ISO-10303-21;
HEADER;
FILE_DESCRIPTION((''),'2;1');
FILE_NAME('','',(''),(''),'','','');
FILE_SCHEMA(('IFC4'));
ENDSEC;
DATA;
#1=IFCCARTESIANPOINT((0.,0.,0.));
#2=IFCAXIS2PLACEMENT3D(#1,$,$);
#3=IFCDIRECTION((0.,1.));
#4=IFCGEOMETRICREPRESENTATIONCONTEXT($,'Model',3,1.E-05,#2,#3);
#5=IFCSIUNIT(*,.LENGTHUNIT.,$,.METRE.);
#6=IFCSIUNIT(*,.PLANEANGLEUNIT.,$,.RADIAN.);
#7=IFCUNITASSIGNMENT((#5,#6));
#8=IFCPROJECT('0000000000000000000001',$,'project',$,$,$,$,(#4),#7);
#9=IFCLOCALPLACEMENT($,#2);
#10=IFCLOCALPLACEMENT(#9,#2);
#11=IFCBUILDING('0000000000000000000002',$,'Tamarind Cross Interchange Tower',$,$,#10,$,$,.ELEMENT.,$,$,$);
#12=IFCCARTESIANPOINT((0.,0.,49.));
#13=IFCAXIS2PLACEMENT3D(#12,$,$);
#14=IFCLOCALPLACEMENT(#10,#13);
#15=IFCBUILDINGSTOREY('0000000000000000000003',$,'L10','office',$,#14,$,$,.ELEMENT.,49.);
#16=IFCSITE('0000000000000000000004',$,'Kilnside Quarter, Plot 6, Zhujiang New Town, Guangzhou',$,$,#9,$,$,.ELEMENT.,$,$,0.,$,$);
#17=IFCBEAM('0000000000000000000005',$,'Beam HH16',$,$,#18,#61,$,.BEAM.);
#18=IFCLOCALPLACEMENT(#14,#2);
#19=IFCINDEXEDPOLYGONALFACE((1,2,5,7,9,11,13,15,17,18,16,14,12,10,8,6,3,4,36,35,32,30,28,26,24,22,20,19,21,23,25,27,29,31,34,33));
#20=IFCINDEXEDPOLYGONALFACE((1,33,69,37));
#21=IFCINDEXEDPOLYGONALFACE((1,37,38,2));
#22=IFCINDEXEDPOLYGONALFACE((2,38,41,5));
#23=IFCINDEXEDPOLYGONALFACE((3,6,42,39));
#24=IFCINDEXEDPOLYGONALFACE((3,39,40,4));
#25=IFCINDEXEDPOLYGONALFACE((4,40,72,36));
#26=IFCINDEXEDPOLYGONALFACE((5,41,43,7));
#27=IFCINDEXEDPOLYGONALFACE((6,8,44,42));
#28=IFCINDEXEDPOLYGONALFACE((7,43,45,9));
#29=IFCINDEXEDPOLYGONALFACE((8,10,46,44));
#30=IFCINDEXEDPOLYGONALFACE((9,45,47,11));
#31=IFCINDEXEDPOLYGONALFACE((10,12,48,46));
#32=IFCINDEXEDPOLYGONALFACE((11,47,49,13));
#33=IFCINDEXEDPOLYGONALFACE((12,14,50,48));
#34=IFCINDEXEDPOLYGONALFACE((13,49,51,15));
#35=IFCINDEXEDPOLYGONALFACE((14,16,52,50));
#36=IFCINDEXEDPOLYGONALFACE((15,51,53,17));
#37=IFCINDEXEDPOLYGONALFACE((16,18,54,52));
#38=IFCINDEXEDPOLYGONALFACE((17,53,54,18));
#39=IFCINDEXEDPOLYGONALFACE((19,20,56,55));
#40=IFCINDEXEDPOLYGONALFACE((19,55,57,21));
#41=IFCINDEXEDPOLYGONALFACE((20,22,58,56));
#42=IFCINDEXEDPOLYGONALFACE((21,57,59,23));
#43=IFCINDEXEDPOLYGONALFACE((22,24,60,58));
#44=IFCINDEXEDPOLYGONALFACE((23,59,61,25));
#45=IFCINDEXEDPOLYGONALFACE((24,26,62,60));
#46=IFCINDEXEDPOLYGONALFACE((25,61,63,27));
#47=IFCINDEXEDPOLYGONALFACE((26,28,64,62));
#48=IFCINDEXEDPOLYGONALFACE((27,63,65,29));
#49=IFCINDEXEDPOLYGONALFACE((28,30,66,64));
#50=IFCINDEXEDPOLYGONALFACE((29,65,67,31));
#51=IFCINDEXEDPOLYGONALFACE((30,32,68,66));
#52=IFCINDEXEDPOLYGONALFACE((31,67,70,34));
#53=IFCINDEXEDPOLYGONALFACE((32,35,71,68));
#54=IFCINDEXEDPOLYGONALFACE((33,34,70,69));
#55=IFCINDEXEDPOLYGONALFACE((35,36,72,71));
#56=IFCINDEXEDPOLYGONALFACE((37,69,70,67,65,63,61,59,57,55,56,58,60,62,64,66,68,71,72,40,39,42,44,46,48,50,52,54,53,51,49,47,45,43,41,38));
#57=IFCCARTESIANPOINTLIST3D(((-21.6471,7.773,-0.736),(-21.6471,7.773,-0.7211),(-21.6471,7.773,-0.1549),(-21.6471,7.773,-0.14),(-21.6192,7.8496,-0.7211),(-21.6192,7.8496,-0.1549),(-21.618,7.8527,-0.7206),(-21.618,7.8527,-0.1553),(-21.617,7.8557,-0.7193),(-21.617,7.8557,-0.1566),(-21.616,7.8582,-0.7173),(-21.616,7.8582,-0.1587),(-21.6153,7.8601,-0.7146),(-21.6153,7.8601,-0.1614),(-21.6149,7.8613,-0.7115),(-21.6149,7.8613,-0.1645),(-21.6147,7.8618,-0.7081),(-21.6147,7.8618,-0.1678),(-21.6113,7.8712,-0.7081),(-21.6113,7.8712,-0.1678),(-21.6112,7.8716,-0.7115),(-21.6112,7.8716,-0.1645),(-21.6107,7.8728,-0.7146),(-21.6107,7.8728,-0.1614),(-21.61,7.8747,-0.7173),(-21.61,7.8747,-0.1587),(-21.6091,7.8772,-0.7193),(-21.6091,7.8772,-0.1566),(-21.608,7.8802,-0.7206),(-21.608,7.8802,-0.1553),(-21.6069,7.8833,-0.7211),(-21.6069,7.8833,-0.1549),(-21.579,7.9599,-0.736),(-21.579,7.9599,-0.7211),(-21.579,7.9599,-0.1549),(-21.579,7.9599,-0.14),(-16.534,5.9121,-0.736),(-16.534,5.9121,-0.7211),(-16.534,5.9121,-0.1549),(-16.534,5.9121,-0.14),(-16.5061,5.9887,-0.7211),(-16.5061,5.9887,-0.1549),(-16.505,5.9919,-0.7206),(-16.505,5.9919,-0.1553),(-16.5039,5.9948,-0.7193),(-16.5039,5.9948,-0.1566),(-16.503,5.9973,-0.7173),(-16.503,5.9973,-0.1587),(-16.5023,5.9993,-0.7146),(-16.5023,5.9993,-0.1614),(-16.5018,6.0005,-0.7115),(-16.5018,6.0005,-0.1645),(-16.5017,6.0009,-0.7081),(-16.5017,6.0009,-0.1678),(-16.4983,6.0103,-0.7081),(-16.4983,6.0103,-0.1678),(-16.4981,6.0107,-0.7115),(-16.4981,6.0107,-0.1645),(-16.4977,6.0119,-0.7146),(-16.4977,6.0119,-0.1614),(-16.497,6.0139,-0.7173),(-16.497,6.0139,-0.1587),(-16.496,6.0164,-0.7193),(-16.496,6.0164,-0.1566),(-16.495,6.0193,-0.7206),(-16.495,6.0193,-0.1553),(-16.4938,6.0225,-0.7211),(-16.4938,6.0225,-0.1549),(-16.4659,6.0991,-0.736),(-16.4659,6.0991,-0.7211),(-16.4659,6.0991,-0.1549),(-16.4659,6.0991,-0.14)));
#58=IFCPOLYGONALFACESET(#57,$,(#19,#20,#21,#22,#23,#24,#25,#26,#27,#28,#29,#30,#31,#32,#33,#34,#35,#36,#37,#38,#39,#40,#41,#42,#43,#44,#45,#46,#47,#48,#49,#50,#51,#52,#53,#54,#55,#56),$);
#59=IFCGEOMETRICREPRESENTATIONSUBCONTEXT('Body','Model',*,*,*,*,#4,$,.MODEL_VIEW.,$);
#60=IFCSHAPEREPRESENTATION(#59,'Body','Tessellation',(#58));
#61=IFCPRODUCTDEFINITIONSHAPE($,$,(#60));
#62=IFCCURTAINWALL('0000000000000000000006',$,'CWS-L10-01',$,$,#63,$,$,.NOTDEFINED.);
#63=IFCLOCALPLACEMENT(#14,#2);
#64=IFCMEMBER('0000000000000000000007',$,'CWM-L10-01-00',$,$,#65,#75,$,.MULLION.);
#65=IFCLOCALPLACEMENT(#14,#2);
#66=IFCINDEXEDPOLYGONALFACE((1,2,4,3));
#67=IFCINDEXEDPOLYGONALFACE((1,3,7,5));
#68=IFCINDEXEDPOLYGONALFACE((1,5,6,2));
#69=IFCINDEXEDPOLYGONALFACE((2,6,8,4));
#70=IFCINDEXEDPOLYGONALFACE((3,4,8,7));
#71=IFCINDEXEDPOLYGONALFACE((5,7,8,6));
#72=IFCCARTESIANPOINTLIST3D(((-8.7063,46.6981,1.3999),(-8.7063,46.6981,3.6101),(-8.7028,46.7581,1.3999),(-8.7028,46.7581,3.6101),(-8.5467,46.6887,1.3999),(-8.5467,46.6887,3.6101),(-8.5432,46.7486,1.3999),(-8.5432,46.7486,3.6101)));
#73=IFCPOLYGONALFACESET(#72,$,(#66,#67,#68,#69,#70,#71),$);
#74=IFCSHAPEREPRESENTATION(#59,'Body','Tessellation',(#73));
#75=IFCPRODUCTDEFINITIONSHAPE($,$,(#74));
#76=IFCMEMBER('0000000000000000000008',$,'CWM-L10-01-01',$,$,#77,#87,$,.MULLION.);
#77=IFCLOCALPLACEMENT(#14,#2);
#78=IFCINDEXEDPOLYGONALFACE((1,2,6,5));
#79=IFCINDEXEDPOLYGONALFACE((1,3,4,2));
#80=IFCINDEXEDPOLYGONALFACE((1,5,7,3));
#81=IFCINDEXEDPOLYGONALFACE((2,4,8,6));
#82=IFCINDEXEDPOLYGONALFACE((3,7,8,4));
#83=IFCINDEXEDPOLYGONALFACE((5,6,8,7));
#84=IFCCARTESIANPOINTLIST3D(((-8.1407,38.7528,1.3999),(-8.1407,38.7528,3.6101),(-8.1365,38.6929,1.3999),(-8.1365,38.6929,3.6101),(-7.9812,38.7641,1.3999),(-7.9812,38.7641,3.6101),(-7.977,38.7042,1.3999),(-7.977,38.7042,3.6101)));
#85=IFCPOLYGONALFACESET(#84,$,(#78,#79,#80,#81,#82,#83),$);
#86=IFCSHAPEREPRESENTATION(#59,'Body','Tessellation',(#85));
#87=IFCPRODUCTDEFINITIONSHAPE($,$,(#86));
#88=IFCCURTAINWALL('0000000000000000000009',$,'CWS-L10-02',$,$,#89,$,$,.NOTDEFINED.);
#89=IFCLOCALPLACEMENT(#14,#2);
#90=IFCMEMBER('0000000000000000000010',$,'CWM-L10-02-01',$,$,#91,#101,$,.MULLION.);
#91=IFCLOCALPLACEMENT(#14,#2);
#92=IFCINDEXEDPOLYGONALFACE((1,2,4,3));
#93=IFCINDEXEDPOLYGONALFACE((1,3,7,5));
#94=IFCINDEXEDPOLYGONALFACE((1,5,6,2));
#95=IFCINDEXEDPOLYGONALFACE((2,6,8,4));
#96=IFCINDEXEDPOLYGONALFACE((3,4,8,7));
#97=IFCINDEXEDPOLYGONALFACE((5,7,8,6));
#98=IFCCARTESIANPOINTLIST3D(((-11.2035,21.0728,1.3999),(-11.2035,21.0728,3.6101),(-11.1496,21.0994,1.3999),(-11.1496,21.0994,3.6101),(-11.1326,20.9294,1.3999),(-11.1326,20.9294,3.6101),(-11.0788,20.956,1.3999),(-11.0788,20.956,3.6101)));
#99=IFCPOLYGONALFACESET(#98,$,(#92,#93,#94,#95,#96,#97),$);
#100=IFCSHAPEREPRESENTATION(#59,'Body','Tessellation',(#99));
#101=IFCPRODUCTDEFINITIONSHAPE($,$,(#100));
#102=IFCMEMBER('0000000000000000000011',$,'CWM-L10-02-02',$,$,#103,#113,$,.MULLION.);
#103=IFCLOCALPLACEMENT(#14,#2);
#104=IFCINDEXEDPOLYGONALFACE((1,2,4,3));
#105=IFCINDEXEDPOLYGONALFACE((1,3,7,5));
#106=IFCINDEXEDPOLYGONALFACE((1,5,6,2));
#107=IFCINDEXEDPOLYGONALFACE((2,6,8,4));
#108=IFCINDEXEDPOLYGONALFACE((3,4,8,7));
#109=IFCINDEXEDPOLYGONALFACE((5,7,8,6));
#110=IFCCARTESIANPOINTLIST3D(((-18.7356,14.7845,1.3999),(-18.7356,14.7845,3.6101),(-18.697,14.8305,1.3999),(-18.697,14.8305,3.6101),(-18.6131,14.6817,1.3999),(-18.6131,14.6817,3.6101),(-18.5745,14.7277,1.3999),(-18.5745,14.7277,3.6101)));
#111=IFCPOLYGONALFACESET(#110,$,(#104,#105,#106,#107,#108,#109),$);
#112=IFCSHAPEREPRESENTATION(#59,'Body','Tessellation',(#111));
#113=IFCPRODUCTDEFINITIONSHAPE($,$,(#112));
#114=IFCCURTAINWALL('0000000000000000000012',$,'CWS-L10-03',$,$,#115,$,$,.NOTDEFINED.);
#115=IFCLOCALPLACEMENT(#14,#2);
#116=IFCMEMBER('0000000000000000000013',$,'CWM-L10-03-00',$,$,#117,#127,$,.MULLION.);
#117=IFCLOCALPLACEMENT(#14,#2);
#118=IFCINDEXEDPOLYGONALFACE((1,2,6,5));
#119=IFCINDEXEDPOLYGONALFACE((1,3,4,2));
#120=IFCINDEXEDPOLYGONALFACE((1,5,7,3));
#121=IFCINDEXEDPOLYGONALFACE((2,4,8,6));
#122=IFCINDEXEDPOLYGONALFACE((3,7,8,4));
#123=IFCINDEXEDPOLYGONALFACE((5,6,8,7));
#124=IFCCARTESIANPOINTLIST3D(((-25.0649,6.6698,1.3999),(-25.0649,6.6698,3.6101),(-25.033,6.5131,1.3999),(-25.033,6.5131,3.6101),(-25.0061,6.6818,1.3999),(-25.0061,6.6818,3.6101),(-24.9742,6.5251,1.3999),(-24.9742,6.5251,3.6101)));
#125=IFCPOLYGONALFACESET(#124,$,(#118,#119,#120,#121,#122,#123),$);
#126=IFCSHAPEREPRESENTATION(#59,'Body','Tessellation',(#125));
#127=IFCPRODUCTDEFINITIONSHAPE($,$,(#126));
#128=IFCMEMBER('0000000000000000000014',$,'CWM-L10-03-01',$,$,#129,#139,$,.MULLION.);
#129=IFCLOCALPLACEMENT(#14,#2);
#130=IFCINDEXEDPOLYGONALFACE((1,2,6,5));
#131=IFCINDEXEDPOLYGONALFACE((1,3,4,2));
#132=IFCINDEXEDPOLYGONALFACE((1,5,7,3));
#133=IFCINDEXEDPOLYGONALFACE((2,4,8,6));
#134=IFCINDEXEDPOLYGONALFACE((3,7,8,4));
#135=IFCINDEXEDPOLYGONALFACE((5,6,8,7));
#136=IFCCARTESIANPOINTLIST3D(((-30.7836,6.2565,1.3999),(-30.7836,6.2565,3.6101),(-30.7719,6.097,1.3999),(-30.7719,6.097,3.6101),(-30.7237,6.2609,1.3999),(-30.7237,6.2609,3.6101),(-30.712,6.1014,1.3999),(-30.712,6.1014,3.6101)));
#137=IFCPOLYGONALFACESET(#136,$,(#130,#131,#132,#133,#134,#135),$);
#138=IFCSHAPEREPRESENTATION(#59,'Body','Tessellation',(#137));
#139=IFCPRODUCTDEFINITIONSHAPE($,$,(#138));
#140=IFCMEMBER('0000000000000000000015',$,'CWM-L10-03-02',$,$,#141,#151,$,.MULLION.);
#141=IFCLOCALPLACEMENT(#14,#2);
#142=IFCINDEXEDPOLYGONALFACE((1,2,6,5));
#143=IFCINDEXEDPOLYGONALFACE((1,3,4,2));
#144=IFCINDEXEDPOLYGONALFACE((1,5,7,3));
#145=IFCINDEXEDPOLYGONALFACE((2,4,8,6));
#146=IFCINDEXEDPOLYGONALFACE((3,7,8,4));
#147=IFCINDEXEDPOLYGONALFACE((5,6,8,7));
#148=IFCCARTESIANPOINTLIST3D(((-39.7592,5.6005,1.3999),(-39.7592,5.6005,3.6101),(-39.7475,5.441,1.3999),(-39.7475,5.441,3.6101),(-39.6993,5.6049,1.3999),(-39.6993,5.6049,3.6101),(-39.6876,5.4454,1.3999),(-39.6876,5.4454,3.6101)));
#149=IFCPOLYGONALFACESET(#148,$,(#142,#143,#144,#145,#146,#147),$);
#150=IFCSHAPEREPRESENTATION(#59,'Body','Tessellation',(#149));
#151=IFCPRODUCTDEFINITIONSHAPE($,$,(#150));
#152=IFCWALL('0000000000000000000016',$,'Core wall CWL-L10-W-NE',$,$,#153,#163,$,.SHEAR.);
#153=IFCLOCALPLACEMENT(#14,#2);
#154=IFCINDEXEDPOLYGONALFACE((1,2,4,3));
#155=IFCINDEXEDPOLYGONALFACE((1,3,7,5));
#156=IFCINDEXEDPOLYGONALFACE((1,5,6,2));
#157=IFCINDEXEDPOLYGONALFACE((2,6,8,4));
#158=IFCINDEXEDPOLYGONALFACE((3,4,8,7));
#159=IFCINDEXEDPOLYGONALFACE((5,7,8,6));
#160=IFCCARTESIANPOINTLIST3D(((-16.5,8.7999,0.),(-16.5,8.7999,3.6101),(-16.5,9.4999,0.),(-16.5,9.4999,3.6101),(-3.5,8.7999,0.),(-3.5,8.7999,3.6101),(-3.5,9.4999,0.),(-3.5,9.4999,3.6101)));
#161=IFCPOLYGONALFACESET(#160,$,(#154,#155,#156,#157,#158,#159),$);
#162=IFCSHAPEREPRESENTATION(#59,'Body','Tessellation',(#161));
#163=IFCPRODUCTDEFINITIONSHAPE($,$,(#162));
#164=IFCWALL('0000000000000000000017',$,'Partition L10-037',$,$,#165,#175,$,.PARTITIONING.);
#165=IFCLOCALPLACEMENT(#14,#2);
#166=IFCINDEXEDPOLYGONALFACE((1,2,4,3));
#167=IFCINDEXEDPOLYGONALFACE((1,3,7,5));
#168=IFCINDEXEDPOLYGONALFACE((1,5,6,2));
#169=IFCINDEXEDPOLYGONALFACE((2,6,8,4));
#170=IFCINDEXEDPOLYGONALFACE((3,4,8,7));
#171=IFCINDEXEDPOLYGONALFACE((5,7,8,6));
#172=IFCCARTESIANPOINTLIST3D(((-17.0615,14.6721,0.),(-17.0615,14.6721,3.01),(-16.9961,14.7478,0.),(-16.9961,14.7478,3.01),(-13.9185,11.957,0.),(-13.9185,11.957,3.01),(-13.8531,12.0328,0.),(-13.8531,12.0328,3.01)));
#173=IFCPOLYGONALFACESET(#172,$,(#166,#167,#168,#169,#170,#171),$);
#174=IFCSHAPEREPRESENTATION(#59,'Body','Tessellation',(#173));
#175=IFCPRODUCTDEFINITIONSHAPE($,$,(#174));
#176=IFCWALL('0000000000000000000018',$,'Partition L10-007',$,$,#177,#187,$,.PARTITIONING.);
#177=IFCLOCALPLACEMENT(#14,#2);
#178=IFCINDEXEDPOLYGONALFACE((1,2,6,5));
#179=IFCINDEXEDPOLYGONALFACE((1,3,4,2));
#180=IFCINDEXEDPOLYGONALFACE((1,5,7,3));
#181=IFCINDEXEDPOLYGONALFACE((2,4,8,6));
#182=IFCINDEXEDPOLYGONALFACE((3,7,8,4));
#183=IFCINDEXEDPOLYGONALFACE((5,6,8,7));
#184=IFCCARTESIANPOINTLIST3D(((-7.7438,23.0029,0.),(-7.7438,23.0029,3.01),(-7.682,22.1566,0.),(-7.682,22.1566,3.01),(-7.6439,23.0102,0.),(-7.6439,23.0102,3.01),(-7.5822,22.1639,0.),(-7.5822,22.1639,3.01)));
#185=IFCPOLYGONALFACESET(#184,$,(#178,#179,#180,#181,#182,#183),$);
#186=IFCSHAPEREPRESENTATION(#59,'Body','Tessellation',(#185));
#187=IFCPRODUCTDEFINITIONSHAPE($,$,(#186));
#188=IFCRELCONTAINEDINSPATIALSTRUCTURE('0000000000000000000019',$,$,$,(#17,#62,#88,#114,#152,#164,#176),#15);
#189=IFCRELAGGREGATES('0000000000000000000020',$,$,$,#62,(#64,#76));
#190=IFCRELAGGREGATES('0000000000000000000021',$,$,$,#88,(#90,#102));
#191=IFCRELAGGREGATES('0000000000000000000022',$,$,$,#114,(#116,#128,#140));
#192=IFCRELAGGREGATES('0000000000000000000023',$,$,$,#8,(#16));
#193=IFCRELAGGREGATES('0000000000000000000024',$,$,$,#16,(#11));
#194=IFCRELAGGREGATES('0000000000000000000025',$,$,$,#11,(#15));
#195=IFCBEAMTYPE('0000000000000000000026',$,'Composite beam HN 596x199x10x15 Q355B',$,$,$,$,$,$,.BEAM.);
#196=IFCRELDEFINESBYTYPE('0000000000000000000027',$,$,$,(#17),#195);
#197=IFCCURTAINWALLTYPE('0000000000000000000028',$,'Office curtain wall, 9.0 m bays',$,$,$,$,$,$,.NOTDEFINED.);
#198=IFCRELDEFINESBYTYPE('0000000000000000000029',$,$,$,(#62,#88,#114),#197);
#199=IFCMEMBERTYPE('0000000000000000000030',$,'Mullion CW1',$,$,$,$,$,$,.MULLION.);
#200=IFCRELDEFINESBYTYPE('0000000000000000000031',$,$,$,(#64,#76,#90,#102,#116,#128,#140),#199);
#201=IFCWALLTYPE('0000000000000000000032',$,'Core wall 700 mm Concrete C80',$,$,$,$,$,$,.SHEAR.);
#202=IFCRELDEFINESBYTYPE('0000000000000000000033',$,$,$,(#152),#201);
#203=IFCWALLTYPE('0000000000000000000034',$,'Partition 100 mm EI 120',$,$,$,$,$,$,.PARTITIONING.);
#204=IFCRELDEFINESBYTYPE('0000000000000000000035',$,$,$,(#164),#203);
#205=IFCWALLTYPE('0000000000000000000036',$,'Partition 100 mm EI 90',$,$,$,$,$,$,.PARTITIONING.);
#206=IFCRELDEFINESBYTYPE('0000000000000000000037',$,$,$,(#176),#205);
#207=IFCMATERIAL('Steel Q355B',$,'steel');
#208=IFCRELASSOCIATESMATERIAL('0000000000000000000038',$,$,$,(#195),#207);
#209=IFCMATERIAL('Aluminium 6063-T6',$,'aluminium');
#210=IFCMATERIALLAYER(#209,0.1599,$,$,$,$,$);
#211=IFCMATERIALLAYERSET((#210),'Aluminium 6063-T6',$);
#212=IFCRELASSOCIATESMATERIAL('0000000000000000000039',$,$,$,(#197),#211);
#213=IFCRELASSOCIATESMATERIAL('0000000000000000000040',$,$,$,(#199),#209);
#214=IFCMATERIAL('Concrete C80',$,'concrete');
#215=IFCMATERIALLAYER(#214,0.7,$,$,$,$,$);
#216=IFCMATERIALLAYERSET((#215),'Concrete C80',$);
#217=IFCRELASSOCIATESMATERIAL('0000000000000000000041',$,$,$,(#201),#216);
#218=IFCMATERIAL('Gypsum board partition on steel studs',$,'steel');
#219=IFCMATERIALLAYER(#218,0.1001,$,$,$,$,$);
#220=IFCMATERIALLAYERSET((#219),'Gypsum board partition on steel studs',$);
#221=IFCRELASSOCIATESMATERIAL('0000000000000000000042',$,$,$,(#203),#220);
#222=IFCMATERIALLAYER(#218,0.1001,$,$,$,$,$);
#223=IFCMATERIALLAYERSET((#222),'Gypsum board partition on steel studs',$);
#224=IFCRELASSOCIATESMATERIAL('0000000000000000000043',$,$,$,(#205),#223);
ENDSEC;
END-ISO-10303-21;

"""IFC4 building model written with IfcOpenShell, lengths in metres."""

from ifc_helpers import new_model, si_unit, direction, frame, frame_2d, origin, origin_2d, place, context, subcontext, project, spatial, rectangle, i_section, extrude, material, layer, layer_set, material_profile, profile_set, type_object, element, aggregate, save


model = new_model("IFC4")

# Units and contexts
model_context = context("Model", 3, precision=1e-05, world=origin(), true_north=direction((0.0, 1.0)))
body_context = subcontext(model_context, "Body", "Model", "MODEL_VIEW")
ifc_project = project(units=[si_unit("LENGTHUNIT", "METRE"), si_unit("PLANEANGLEUNIT", "RADIAN")], contexts=[model_context])

# Site, building, storey
site_placement = place(None, origin())
site = spatial("IfcSite", under=ifc_project, at=site_placement, Name="Kilnside Quarter, Plot 6, Zhujiang New Town, Guangzhou", CompositionType="ELEMENT", RefElevation=0.0)
building_placement = place(site_placement, origin())
building = spatial("IfcBuilding", under=site, at=building_placement, Name="Tamarind Cross Interchange Tower", CompositionType="ELEMENT")
storey_placement = place(building_placement, frame((0.0, 0.0, 49.0)))
storey = spatial("IfcBuildingStorey", under=building, at=storey_placement, Name="L10", Description="office", CompositionType="ELEMENT", Elevation=49.0)

# Beam
ifc_material_1 = material(Name="Steel Q355B", Category="steel")
ifc_material_profile_1 = material_profile(ifc_material_1, i_section(OverallWidth=0.199, OverallDepth=0.5959, WebThickness=0.01, FlangeThickness=0.0149, FilletRadius=0.0129, at=origin_2d()), Name="HN 596x199x10x15")
ifc_profile_set_1 = profile_set([ifc_material_profile_1], Name="Steel Q355B")
beam_type_1 = type_object("IfcBeamType", Name="Composite beam HN 596x199x10x15 Q355B", PredefinedType="BEAM", material=ifc_profile_set_1)
beam_1_placement = place(storey_placement, frame((-21.613, 7.8665, -0.438), z_axis=(0.939702, -0.341995, 0.0), x_axis=(0.341995, 0.939702, 0.0)))
element("IfcBeam", 1, at=beam_1_placement, inside=storey, type_object=beam_type_1, Name="Beam HH16", PredefinedType="BEAM", context=body_context, shape_type="SweptSolid", body=[
    extrude(i_section(OverallWidth=0.199, OverallDepth=0.5959, WebThickness=0.01, FlangeThickness=0.0149, FilletRadius=0.0129, at=origin_2d()), origin(), (0.0, 0.0, 1.0), 5.4412),
])

# Curtain walls, members
ifc_material_2 = material(Name="Aluminium 6063-T6", Category="aluminium")
ifc_layer_1 = layer(ifc_material_2, 0.1599)
ifc_layer_set_1 = layer_set([ifc_layer_1], Name="Aluminium 6063-T6")
curtain_wall_type = type_object("IfcCurtainWallType", Name="Office curtain wall, 9.0 m bays", PredefinedType="NOTDEFINED", material=ifc_layer_set_1)
curtain_wall_1_placement = place(storey_placement, origin())
curtain_wall_1 = element("IfcCurtainWall", 2, at=curtain_wall_1_placement, inside=storey, type_object=curtain_wall_type, Name="CWS-L10-01", PredefinedType="NOTDEFINED")
ifc_material_profile_2 = material_profile(ifc_material_2, rectangle(XDim=0.0601, YDim=0.1599, at=origin_2d()), Name="Mullion CW1")
ifc_profile_set_2 = profile_set([ifc_material_profile_2], Name="Aluminium 6063-T6")
member_type = type_object("IfcMemberType", Name="Mullion CW1", PredefinedType="MULLION", material=ifc_profile_set_2)
member_1_placement = place(storey_placement, frame((-8.6248, 46.7234, 1.3999), z_axis=(0.0, 0.0, 1.0), x_axis=(-0.059069, -0.998254, 0.0)))
member_1 = element("IfcMember", 3, at=member_1_placement, type_object=member_type, Name="CWM-L10-01-00", PredefinedType="MULLION", context=body_context, shape_type="SweptSolid", body=[
    extrude(rectangle(XDim=0.0601, YDim=0.1599, at=origin_2d()), origin(), (0.0, 0.0, 1.0), 2.2102),
])
member_2_placement = place(storey_placement, frame((-8.0588, 38.7285, 1.3999), z_axis=(0.0, 0.0, 1.0), x_axis=(0.070594, -0.997505, 0.0)))
member_2 = element("IfcMember", 4, at=member_2_placement, type_object=member_type, Name="CWM-L10-01-01", PredefinedType="MULLION", context=body_context, shape_type="SweptSolid", body=[
    extrude(rectangle(XDim=0.0601, YDim=0.1599, at=origin_2d()), origin(), (0.0, 0.0, 1.0), 2.2102),
])
aggregate(curtain_wall_1, [member_1, member_2])
curtain_wall_2_placement = place(storey_placement, origin())
curtain_wall_2 = element("IfcCurtainWall", 5, at=curtain_wall_2_placement, inside=storey, type_object=curtain_wall_type, Name="CWS-L10-02", PredefinedType="NOTDEFINED")
member_3_placement = place(storey_placement, frame((-11.1411, 21.0144, 1.3999), z_axis=(0.0, 0.0, 1.0), x_axis=(-0.896493, -0.443059, 0.0)))
member_3 = element("IfcMember", 6, at=member_3_placement, type_object=member_type, Name="CWM-L10-02-01", PredefinedType="MULLION", context=body_context, shape_type="SweptSolid", body=[
    extrude(rectangle(XDim=0.0601, YDim=0.1599, at=origin_2d()), origin(), (0.0, 0.0, 1.0), 2.2102),
])
member_4_placement = place(storey_placement, frame((-18.655, 14.7561, 1.3999), z_axis=(0.0, 0.0, 1.0), x_axis=(-0.643009, -0.765858, 0.0)))
member_4 = element("IfcMember", 7, at=member_4_placement, type_object=member_type, Name="CWM-L10-02-02", PredefinedType="MULLION", context=body_context, shape_type="SweptSolid", body=[
    extrude(rectangle(XDim=0.0601, YDim=0.1599, at=origin_2d()), origin(), (0.0, 0.0, 1.0), 2.2102),
])
aggregate(curtain_wall_2, [member_3, member_4])
curtain_wall_3_placement = place(storey_placement, origin())
curtain_wall_3 = element("IfcCurtainWall", 8, at=curtain_wall_3_placement, inside=storey, type_object=curtain_wall_type, Name="CWS-L10-03", PredefinedType="NOTDEFINED")
member_5_placement = place(storey_placement, frame((-25.0195, 6.5974, 1.3999), z_axis=(0.0, 0.0, 1.0), x_axis=(-0.979911, -0.199435, 0.0)))
member_5 = element("IfcMember", 9, at=member_5_placement, type_object=member_type, Name="CWM-L10-03-00", PredefinedType="MULLION", context=body_context, shape_type="SweptSolid", body=[
    extrude(rectangle(XDim=0.0601, YDim=0.1599, at=origin_2d()), origin(), (0.0, 0.0, 1.0), 2.2102),
])
member_6_placement = place(storey_placement, frame((-30.7478, 6.179, 1.3999), z_axis=(0.0, 0.0, 1.0), x_axis=(-0.997341, -0.072876, 0.0)))
member_6 = element("IfcMember", 10, at=member_6_placement, type_object=member_type, Name="CWM-L10-03-01", PredefinedType="MULLION", context=body_context, shape_type="SweptSolid", body=[
    extrude(rectangle(XDim=0.0601, YDim=0.1599, at=origin_2d()), origin(), (0.0, 0.0, 1.0), 2.2102),
])
member_7_placement = place(storey_placement, frame((-39.7234, 5.5229, 1.3999), z_axis=(0.0, 0.0, 1.0), x_axis=(-0.997341, -0.072876, 0.0)))
member_7 = element("IfcMember", 11, at=member_7_placement, type_object=member_type, Name="CWM-L10-03-02", PredefinedType="MULLION", context=body_context, shape_type="SweptSolid", body=[
    extrude(rectangle(XDim=0.0601, YDim=0.1599, at=origin_2d()), origin(), (0.0, 0.0, 1.0), 2.2102),
])
aggregate(curtain_wall_3, [member_5, member_6, member_7])

# Walls
ifc_material_3 = material(Name="Concrete C80", Category="concrete")
ifc_layer_2 = layer(ifc_material_3, 0.7)
ifc_layer_set_2 = layer_set([ifc_layer_2], Name="Concrete C80")
wall_type_1 = type_object("IfcWallType", Name="Core wall 700 mm Concrete C80", PredefinedType="SHEAR", material=ifc_layer_set_2)
wall_1_placement = place(storey_placement, frame((-16.5, 9.1499, 0.0), z_axis=(0.0, 0.0, 1.0), x_axis=(1.0, 0.0, 0.0)))
element("IfcWall", 12, at=wall_1_placement, inside=storey, type_object=wall_type_1, Name="Core wall CWL-L10-W-NE", PredefinedType="SHEAR", context=body_context, shape_type="SweptSolid", body=[
    extrude(rectangle(XDim=13.0, YDim=0.7, at=frame_2d((6.5, 0.0))), origin(), (0.0, 0.0, 1.0), 3.6101),
])
ifc_material_4 = material(Name="Gypsum board partition on steel studs", Category="steel")
ifc_layer_3 = layer(ifc_material_4, 0.1001)
ifc_layer_set_3 = layer_set([ifc_layer_3], Name="Gypsum board partition on steel studs")
wall_type_2 = type_object("IfcWallType", Name="Partition 100 mm EI 120", PredefinedType="PARTITIONING", material=ifc_layer_set_3)
wall_2_placement = place(storey_placement, frame((-17.0288, 14.71, 0.0), z_axis=(0.0, 0.0, 1.0), x_axis=(0.756749, -0.653706, 0.0)))
element("IfcWall", 13, at=wall_2_placement, inside=storey, type_object=wall_type_2, Name="Partition L10-037", PredefinedType="PARTITIONING", context=body_context, shape_type="SweptSolid", body=[
    extrude(rectangle(XDim=4.1533, YDim=0.1001, at=frame_2d((2.0767, 0.0))), origin(), (0.0, 0.0, 1.0), 3.01),
])
ifc_layer_4 = layer(ifc_material_4, 0.1001)
ifc_layer_set_4 = layer_set([ifc_layer_4], Name="Gypsum board partition on steel studs")
wall_type_3 = type_object("IfcWallType", Name="Partition 100 mm EI 90", PredefinedType="PARTITIONING", material=ifc_layer_set_4)
wall_3_placement = place(storey_placement, frame((-7.6938, 23.0066, 0.0), z_axis=(0.0, 0.0, 1.0), x_axis=(0.07278, -0.997348, 0.0)))
element("IfcWall", 14, at=wall_3_placement, inside=storey, type_object=wall_type_3, Name="Partition L10-007", PredefinedType="PARTITIONING", context=body_context, shape_type="SweptSolid", body=[
    extrude(rectangle(XDim=0.8486, YDim=0.1001, at=frame_2d((0.4243, 0.0))), origin(), (0.0, 0.0, 1.0), 3.01),
])

save(model, "model.ifc")
